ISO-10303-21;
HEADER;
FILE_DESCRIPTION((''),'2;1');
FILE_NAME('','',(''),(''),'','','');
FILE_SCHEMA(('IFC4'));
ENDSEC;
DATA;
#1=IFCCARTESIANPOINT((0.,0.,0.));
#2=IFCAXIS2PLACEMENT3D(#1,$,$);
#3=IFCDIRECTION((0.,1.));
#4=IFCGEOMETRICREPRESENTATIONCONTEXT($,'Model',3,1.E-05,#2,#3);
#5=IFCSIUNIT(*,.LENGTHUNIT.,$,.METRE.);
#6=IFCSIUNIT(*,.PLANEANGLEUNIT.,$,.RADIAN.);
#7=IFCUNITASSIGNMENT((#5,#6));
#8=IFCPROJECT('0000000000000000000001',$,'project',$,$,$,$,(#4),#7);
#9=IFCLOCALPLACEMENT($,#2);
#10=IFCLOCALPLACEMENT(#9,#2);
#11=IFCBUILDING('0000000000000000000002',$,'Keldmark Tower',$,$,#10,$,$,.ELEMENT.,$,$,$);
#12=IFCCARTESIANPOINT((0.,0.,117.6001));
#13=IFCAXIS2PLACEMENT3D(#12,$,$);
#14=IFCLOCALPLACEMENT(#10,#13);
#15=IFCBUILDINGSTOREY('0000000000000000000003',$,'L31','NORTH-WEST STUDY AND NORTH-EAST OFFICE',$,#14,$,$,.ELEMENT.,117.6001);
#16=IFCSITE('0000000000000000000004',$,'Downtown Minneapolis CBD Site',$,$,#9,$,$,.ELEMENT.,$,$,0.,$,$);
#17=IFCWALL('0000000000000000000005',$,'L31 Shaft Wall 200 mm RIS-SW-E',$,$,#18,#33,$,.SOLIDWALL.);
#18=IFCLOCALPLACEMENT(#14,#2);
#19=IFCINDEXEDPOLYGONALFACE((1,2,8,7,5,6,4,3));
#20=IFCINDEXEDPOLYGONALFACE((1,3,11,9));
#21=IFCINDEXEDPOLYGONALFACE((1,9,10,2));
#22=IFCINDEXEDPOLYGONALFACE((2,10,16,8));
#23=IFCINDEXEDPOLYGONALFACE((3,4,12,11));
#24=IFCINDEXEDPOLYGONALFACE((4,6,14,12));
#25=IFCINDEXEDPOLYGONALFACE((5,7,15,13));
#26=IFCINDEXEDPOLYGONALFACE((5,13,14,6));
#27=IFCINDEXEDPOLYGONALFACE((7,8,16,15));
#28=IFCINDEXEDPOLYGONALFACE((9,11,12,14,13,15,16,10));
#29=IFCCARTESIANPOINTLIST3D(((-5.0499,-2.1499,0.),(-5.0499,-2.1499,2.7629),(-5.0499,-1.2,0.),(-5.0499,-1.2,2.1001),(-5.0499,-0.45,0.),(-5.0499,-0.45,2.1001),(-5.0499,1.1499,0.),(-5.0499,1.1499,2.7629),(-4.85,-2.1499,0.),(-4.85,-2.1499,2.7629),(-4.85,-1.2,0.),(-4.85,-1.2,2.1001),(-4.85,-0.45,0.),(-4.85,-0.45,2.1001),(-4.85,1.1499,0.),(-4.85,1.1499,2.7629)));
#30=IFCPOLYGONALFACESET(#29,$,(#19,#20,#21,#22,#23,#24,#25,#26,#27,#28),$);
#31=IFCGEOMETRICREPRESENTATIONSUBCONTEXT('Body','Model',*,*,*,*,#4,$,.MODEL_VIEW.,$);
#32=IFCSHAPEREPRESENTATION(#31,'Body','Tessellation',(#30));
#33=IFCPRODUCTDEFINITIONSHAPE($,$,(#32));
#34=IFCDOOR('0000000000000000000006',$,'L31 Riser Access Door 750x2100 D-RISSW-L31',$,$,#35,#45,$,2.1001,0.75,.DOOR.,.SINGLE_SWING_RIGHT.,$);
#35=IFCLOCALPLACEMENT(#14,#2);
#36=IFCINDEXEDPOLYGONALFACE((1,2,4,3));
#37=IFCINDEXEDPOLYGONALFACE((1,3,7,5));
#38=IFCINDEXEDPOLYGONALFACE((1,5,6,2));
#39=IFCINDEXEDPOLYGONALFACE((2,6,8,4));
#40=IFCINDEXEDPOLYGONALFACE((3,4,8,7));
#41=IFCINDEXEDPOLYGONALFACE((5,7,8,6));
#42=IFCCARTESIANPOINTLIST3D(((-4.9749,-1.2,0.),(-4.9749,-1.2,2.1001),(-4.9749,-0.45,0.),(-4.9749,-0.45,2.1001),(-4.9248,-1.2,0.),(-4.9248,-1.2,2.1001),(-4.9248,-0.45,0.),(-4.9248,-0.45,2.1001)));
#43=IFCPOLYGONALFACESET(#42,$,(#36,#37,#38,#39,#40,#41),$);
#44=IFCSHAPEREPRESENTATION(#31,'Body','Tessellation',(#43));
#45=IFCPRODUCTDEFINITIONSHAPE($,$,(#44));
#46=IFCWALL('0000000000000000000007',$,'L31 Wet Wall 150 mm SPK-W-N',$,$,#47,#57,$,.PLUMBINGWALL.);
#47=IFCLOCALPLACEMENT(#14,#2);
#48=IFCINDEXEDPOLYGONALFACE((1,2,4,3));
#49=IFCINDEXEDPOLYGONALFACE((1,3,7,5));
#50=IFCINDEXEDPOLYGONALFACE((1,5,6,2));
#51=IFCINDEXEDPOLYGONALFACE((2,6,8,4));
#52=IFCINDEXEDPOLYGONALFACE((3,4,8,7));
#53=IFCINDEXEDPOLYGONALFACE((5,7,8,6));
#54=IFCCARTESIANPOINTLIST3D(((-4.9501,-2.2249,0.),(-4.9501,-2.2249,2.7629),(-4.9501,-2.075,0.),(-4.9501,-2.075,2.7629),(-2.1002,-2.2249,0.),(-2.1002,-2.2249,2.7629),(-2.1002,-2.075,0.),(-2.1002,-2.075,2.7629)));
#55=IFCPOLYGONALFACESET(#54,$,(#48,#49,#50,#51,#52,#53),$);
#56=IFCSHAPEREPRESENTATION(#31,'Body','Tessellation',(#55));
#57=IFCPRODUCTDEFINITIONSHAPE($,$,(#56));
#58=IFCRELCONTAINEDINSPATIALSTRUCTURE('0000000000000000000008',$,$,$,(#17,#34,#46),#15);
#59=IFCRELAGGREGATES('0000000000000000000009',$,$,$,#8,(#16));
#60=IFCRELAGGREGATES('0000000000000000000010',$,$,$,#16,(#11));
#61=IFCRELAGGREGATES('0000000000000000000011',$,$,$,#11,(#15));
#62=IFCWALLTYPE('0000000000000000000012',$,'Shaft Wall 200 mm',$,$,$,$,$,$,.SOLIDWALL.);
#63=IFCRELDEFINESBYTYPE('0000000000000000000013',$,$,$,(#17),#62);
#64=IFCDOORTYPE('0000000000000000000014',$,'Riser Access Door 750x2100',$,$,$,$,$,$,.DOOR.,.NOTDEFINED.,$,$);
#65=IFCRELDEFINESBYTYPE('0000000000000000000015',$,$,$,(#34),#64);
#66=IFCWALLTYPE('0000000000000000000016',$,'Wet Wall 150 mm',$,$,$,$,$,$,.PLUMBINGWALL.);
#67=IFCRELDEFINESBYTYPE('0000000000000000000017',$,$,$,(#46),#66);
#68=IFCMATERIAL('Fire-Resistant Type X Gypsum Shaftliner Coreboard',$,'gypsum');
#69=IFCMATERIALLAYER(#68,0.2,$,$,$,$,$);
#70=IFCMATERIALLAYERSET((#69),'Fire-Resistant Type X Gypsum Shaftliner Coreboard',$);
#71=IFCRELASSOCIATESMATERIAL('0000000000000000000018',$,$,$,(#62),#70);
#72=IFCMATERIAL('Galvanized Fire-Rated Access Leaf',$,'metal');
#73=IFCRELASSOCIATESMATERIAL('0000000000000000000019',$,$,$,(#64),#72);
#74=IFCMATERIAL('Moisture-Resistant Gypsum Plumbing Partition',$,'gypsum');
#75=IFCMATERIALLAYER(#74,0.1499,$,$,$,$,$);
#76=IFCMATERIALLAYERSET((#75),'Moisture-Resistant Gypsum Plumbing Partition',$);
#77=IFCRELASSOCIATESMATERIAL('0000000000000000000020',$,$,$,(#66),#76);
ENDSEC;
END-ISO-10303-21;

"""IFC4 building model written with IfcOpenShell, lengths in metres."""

from ifc_helpers import new_model, si_unit, direction, frame, frame_2d, origin, place, context, subcontext, project, spatial, rectangle, extrude, material, layer, layer_set, type_object, element, fill, save


model = new_model("IFC4")

# Units and contexts
model_context = context("Model", 3, precision=1e-05, world=origin(), true_north=direction((0.0, 1.0)))
body_context = subcontext(model_context, "Body", "Model", "MODEL_VIEW")
ifc_project = project(units=[si_unit("LENGTHUNIT", "METRE"), si_unit("PLANEANGLEUNIT", "RADIAN")], contexts=[model_context])

# Site, building, storey
site_placement = place(None, origin())
site = spatial("IfcSite", under=ifc_project, at=site_placement, Name="Downtown Minneapolis CBD Site", CompositionType="ELEMENT", RefElevation=0.0)
building_placement = place(site_placement, origin())
building = spatial("IfcBuilding", under=site, at=building_placement, Name="Keldmark Tower", CompositionType="ELEMENT")
storey_placement = place(building_placement, frame((0.0, 0.0, 117.6001)))
storey = spatial("IfcBuildingStorey", under=building, at=storey_placement, Name="L31", Description="NORTH-WEST STUDY AND NORTH-EAST OFFICE", CompositionType="ELEMENT", Elevation=117.6001)

# Shared definitions
ifc_material_1 = material(Name="Fire-Resistant Type X Gypsum Shaftliner Coreboard", Category="gypsum")
ifc_layer_1 = layer(ifc_material_1, 0.2)
ifc_layer_set_1 = layer_set([ifc_layer_1], Name="Fire-Resistant Type X Gypsum Shaftliner Coreboard")
wall_type_1 = type_object("IfcWallType", Name="Shaft Wall 200 mm", PredefinedType="SOLIDWALL", material=ifc_layer_set_1)

# Wall, opening, door
wall_1_placement = place(storey_placement, frame((-4.95, -2.1499, 0.0), z_axis=(0.0, 0.0, 1.0), x_axis=(0.0, 1.0, 0.0)))
wall_1 = element("IfcWall", 1, at=wall_1_placement, inside=storey, type_object=wall_type_1, Name="L31 Shaft Wall 200 mm RIS-SW-E", PredefinedType="SOLIDWALL", context=body_context, shape_type="SweptSolid", body=[
    extrude(rectangle(XDim=3.2998, YDim=0.2, at=frame_2d((1.6499, 0.0))), origin(), (0.0, 0.0, 1.0), 2.7629),
])
opening_1_placement = place(wall_1_placement, frame((0.95, 0.0, 0.0)))
opening_1 = element("IfcOpeningElement", 2, at=opening_1_placement, cuts=wall_1, PredefinedType="OPENING", context=body_context, shape_type="SweptSolid", body=[
    extrude(rectangle(XDim=0.75, YDim=2.1001, at=frame_2d((0.375, 1.05))), frame((0.0, 0.1099, 0.0), z_axis=(0.0, -1.0, 0.0), x_axis=(1.0, 0.0, 0.0)), (0.0, 0.0, 1.0), 0.22),
])
ifc_material_2 = material(Name="Galvanized Fire-Rated Access Leaf", Category="metal")
door_type_1 = type_object("IfcDoorType", Name="Riser Access Door 750x2100", OperationType="NOTDEFINED", PredefinedType="DOOR", material=ifc_material_2)
door_1_placement = place(opening_1_placement, origin())
door_1 = element("IfcDoor", 3, at=door_1_placement, inside=storey, type_object=door_type_1, Name="L31 Riser Access Door 750x2100 D-RISSW-L31", OperationType="SINGLE_SWING_RIGHT", OverallHeight=2.1001, OverallWidth=0.75, PredefinedType="DOOR", context=body_context, shape_type="SweptSolid", body=[
    extrude(rectangle(XDim=0.75, YDim=2.1001, at=frame_2d((0.375, 1.05))), frame((0.0, 0.0249, 0.0), z_axis=(0.0, -1.0, 0.0), x_axis=(1.0, 0.0, 0.0)), (0.0, 0.0, 1.0), 0.05),
])
fill(opening_1, door_1)

# Wall
ifc_material_3 = material(Name="Moisture-Resistant Gypsum Plumbing Partition", Category="gypsum")
ifc_layer_2 = layer(ifc_material_3, 0.1499)
ifc_layer_set_2 = layer_set([ifc_layer_2], Name="Moisture-Resistant Gypsum Plumbing Partition")
wall_type_2 = type_object("IfcWallType", Name="Wet Wall 150 mm", PredefinedType="PLUMBINGWALL", material=ifc_layer_set_2)
wall_2_placement = place(storey_placement, frame((-4.95, -2.1499, 0.0), z_axis=(0.0, 0.0, 1.0), x_axis=(1.0, 0.0, 0.0)))
element("IfcWall", 4, at=wall_2_placement, inside=storey, type_object=wall_type_2, Name="L31 Wet Wall 150 mm SPK-W-N", PredefinedType="PLUMBINGWALL", context=body_context, shape_type="SweptSolid", body=[
    extrude(rectangle(XDim=2.8499, YDim=0.1499, at=frame_2d((1.4248, 0.0))), origin(), (0.0, 0.0, 1.0), 2.7629),
])

save(model, "model.ifc")
